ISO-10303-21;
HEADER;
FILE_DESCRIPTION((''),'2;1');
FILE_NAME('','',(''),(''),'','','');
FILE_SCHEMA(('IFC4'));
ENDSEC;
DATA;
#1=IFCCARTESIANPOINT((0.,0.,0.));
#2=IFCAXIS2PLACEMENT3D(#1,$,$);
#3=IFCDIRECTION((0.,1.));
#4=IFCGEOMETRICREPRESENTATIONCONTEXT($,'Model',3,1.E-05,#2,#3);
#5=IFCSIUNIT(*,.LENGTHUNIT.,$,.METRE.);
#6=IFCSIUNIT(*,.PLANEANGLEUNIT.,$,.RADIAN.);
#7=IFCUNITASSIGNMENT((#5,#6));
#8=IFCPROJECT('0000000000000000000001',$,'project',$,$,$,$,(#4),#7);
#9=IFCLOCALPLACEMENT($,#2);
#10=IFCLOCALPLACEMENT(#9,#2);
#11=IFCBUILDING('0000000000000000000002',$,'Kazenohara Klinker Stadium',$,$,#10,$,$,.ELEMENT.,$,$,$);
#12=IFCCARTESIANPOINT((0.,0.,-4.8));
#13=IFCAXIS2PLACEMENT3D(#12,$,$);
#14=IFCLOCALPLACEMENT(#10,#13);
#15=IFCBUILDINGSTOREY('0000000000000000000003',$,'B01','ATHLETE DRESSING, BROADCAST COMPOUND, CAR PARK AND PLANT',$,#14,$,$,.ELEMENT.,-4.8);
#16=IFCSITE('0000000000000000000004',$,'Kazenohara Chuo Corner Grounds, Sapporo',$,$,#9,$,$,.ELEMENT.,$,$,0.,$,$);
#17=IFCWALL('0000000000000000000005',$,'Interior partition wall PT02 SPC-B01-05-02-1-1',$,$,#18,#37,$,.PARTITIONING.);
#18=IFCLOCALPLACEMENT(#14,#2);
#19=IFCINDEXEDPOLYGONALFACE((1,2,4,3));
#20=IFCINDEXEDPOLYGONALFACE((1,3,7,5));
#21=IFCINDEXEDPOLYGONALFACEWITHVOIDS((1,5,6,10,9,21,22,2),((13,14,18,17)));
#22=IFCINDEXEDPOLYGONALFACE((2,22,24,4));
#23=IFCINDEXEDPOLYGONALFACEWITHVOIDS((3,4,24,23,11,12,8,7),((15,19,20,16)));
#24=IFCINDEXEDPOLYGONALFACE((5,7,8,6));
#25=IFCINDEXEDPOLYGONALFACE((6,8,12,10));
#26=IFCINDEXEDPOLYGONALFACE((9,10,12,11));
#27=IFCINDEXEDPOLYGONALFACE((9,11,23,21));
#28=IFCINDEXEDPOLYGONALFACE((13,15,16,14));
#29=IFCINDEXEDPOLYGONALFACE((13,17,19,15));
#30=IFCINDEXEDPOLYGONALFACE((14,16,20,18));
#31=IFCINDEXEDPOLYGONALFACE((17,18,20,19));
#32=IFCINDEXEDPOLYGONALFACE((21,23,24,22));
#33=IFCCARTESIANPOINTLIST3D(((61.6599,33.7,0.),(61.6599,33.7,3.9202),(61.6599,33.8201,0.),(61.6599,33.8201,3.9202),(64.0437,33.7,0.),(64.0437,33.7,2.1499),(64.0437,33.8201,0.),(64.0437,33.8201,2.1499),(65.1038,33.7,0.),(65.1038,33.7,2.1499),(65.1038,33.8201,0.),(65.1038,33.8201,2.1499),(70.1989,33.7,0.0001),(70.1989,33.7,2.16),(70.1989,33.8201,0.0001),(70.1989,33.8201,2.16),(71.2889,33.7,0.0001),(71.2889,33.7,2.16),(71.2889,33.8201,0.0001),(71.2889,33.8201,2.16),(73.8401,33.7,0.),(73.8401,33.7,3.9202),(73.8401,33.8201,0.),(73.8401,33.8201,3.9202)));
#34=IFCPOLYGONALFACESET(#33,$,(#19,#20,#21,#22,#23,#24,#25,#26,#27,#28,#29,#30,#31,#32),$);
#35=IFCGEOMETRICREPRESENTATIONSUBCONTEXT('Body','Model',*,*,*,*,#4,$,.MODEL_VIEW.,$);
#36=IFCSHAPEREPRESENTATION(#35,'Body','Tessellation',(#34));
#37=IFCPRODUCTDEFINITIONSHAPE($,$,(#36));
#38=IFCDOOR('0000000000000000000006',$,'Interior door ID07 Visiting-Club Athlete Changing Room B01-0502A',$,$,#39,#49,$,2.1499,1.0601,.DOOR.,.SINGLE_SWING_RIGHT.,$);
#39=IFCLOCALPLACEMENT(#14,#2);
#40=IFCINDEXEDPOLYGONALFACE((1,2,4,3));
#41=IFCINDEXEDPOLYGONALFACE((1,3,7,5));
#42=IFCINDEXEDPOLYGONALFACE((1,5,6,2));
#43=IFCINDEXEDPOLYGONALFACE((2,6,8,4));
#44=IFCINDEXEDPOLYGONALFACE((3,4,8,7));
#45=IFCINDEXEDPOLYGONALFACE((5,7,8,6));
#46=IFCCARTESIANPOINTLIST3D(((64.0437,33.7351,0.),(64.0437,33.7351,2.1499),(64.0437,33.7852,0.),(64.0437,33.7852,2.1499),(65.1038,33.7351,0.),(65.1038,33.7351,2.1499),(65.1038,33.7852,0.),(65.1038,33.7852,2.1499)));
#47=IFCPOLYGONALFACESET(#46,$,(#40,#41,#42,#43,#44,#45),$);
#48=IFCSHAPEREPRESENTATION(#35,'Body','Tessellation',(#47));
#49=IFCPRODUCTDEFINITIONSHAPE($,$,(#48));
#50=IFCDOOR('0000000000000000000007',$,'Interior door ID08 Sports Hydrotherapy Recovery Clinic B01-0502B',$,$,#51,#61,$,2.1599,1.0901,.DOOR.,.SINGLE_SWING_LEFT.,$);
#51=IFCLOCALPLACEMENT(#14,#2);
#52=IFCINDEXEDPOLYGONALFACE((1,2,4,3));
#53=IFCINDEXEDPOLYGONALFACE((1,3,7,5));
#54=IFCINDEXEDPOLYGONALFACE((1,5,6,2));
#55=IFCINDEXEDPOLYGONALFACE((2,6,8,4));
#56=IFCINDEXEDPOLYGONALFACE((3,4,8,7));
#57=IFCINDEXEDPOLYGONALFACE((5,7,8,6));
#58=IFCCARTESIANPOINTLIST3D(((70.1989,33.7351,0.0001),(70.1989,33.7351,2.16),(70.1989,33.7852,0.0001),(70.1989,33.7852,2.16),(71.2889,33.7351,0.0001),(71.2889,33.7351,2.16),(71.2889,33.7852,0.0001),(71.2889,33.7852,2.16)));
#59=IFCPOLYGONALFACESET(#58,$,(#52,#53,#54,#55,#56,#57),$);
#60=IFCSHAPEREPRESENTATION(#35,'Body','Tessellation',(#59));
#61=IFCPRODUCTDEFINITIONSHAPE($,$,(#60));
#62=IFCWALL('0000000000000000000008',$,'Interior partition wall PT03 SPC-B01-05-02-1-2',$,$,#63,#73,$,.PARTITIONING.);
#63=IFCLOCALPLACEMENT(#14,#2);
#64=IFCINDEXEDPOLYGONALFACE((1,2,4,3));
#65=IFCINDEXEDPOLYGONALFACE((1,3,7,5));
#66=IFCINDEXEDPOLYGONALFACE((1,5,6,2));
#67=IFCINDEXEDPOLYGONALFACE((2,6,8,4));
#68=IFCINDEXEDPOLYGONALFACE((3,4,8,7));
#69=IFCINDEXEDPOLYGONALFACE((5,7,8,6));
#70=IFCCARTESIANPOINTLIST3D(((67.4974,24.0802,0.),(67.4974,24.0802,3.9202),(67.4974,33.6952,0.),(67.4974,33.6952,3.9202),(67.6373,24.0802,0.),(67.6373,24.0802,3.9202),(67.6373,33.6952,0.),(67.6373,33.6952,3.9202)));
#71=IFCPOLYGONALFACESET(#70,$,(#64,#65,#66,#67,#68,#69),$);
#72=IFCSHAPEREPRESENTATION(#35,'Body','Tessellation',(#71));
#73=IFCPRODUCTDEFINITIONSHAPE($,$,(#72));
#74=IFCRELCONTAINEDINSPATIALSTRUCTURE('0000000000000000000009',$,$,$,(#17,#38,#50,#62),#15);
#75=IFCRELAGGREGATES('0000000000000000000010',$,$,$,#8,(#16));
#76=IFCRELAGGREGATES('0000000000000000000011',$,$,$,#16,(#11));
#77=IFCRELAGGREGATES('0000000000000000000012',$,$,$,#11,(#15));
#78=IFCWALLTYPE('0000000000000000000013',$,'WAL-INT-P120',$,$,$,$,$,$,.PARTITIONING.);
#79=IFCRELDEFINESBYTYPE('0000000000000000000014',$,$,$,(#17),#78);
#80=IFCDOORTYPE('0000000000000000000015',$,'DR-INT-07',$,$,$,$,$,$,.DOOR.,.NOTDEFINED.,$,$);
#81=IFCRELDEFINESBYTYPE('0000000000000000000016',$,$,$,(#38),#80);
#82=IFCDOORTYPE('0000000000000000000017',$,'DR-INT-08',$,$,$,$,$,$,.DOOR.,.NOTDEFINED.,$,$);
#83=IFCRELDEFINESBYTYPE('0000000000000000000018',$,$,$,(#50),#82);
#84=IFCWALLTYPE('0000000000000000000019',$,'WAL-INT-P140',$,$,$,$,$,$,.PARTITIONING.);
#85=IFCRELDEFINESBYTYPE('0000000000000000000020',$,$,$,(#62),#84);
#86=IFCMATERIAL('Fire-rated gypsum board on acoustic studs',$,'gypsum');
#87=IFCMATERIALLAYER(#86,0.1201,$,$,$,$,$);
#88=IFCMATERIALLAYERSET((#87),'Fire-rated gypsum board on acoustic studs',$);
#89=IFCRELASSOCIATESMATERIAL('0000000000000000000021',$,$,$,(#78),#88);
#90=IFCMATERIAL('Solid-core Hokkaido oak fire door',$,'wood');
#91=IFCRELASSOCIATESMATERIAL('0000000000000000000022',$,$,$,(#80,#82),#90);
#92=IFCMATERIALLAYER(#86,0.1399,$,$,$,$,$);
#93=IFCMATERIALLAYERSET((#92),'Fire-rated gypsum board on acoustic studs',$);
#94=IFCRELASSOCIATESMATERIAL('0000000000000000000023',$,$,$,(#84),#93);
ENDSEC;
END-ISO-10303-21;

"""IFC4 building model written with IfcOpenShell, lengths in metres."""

from ifc_helpers import new_model, si_unit, direction, frame, frame_2d, origin, place, context, subcontext, project, spatial, rectangle, extrude, material, layer, layer_set, type_object, element, fill, save


model = new_model("IFC4")

# Units and contexts
model_context = context("Model", 3, precision=1e-05, world=origin(), true_north=direction((0.0, 1.0)))
body_context = subcontext(model_context, "Body", "Model", "MODEL_VIEW")
ifc_project = project(units=[si_unit("LENGTHUNIT", "METRE"), si_unit("PLANEANGLEUNIT", "RADIAN")], contexts=[model_context])

# Site, building, storey
site_placement = place(None, origin())
site = spatial("IfcSite", under=ifc_project, at=site_placement, Name="Kazenohara Chuo Corner Grounds, Sapporo", CompositionType="ELEMENT", RefElevation=0.0)
building_placement = place(site_placement, origin())
building = spatial("IfcBuilding", under=site, at=building_placement, Name="Kazenohara Klinker Stadium", CompositionType="ELEMENT")
storey_placement = place(building_placement, frame((0.0, 0.0, -4.8)))
storey = spatial("IfcBuildingStorey", under=building, at=storey_placement, Name="B01", Description="ATHLETE DRESSING, BROADCAST COMPOUND, CAR PARK AND PLANT", CompositionType="ELEMENT", Elevation=-4.8)

# Wall, openings, doors
ifc_material_1 = material(Name="Fire-rated gypsum board on acoustic studs", Category="gypsum")
ifc_layer_1 = layer(ifc_material_1, 0.1201)
ifc_layer_set_1 = layer_set([ifc_layer_1], Name="Fire-rated gypsum board on acoustic studs")
wall_type_1 = type_object("IfcWallType", Name="WAL-INT-P120", PredefinedType="PARTITIONING", material=ifc_layer_set_1)
wall_1_placement = place(storey_placement, frame((61.6599, 33.76, 0.0), z_axis=(0.0, 0.0, 1.0), x_axis=(1.0, 0.0, 0.0)))
wall_1 = element("IfcWall", 1, at=wall_1_placement, inside=storey, type_object=wall_type_1, Name="Interior partition wall PT02 SPC-B01-05-02-1-1", PredefinedType="PARTITIONING", context=body_context, shape_type="SweptSolid", body=[
    extrude(rectangle(XDim=12.1802, YDim=0.1201, at=frame_2d((6.0901, 0.0))), origin(), (0.0, 0.0, 1.0), 3.9202),
])
opening_1_placement = place(wall_1_placement, frame((3.4438, 0.0, 0.0), z_axis=(0.0, 0.0, 1.0), x_axis=(-1.0, 0.0, 0.0)))
opening_1 = element("IfcOpeningElement", 2, at=opening_1_placement, cuts=wall_1, PredefinedType="OPENING", context=body_context, shape_type="SweptSolid", body=[
    extrude(rectangle(XDim=1.0601, YDim=2.1499, at=frame_2d((0.53, 1.075))), frame((0.0, 0.0701, 0.0), z_axis=(0.0, -1.0, 0.0), x_axis=(1.0, 0.0, 0.0)), (0.0, 0.0, 1.0), 0.1401),
])
opening_2_placement = place(wall_1_placement, frame((9.6289, 0.0, 0.0), z_axis=(0.0, 0.0, 1.0), x_axis=(-1.0, 0.0, 0.0)))
opening_2 = element("IfcOpeningElement", 3, at=opening_2_placement, cuts=wall_1, PredefinedType="OPENING", context=body_context, shape_type="SweptSolid", body=[
    extrude(rectangle(XDim=1.0901, YDim=2.1599, at=frame_2d((0.5449, 1.0801))), frame((0.0, 0.0701, 0.0), z_axis=(0.0, -1.0, 0.0), x_axis=(1.0, 0.0, 0.0)), (0.0, 0.0, 1.0), 0.1401),
])
ifc_material_2 = material(Name="Solid-core Hokkaido oak fire door", Category="wood")
door_type_1 = type_object("IfcDoorType", Name="DR-INT-07", OperationType="NOTDEFINED", PredefinedType="DOOR", material=ifc_material_2)
door_1_placement = place(opening_1_placement, origin())
door_1 = element("IfcDoor", 4, at=door_1_placement, inside=storey, type_object=door_type_1, Name="Interior door ID07 Visiting-Club Athlete Changing Room B01-0502A", OperationType="SINGLE_SWING_RIGHT", OverallHeight=2.1499, OverallWidth=1.0601, PredefinedType="DOOR", context=body_context, shape_type="SweptSolid", body=[
    extrude(rectangle(XDim=1.0601, YDim=2.1499, at=frame_2d((0.53, 1.075))), frame((0.0, 0.0249, 0.0), z_axis=(0.0, -1.0, 0.0), x_axis=(1.0, 0.0, 0.0)), (0.0, 0.0, 1.0), 0.05),
])
fill(opening_1, door_1)
door_type_2 = type_object("IfcDoorType", Name="DR-INT-08", OperationType="NOTDEFINED", PredefinedType="DOOR", material=ifc_material_2)
door_2_placement = place(opening_2_placement, origin())
door_2 = element("IfcDoor", 5, at=door_2_placement, inside=storey, type_object=door_type_2, Name="Interior door ID08 Sports Hydrotherapy Recovery Clinic B01-0502B", OperationType="SINGLE_SWING_LEFT", OverallHeight=2.1599, OverallWidth=1.0901, PredefinedType="DOOR", context=body_context, shape_type="SweptSolid", body=[
    extrude(rectangle(XDim=1.0901, YDim=2.1599, at=frame_2d((0.5449, 1.0801))), frame((0.0, 0.0249, 0.0), z_axis=(0.0, -1.0, 0.0), x_axis=(1.0, 0.0, 0.0)), (0.0, 0.0, 1.0), 0.05),
])
fill(opening_2, door_2)

# Wall
ifc_layer_2 = layer(ifc_material_1, 0.1399)
ifc_layer_set_2 = layer_set([ifc_layer_2], Name="Fire-rated gypsum board on acoustic studs")
wall_type_2 = type_object("IfcWallType", Name="WAL-INT-P140", PredefinedType="PARTITIONING", material=ifc_layer_set_2)
wall_2_placement = place(storey_placement, frame((67.5674, 24.0801, 0.0), z_axis=(0.0, 0.0, 1.0), x_axis=(0.0, 1.0, 0.0)))
element("IfcWall", 6, at=wall_2_placement, inside=storey, type_object=wall_type_2, Name="Interior partition wall PT03 SPC-B01-05-02-1-2", PredefinedType="PARTITIONING", context=body_context, shape_type="SweptSolid", body=[
    extrude(rectangle(XDim=9.615, YDim=0.1399, at=frame_2d((4.8076, 0.0))), origin(), (0.0, 0.0, 1.0), 3.9202),
])

save(model, "model.ifc")
